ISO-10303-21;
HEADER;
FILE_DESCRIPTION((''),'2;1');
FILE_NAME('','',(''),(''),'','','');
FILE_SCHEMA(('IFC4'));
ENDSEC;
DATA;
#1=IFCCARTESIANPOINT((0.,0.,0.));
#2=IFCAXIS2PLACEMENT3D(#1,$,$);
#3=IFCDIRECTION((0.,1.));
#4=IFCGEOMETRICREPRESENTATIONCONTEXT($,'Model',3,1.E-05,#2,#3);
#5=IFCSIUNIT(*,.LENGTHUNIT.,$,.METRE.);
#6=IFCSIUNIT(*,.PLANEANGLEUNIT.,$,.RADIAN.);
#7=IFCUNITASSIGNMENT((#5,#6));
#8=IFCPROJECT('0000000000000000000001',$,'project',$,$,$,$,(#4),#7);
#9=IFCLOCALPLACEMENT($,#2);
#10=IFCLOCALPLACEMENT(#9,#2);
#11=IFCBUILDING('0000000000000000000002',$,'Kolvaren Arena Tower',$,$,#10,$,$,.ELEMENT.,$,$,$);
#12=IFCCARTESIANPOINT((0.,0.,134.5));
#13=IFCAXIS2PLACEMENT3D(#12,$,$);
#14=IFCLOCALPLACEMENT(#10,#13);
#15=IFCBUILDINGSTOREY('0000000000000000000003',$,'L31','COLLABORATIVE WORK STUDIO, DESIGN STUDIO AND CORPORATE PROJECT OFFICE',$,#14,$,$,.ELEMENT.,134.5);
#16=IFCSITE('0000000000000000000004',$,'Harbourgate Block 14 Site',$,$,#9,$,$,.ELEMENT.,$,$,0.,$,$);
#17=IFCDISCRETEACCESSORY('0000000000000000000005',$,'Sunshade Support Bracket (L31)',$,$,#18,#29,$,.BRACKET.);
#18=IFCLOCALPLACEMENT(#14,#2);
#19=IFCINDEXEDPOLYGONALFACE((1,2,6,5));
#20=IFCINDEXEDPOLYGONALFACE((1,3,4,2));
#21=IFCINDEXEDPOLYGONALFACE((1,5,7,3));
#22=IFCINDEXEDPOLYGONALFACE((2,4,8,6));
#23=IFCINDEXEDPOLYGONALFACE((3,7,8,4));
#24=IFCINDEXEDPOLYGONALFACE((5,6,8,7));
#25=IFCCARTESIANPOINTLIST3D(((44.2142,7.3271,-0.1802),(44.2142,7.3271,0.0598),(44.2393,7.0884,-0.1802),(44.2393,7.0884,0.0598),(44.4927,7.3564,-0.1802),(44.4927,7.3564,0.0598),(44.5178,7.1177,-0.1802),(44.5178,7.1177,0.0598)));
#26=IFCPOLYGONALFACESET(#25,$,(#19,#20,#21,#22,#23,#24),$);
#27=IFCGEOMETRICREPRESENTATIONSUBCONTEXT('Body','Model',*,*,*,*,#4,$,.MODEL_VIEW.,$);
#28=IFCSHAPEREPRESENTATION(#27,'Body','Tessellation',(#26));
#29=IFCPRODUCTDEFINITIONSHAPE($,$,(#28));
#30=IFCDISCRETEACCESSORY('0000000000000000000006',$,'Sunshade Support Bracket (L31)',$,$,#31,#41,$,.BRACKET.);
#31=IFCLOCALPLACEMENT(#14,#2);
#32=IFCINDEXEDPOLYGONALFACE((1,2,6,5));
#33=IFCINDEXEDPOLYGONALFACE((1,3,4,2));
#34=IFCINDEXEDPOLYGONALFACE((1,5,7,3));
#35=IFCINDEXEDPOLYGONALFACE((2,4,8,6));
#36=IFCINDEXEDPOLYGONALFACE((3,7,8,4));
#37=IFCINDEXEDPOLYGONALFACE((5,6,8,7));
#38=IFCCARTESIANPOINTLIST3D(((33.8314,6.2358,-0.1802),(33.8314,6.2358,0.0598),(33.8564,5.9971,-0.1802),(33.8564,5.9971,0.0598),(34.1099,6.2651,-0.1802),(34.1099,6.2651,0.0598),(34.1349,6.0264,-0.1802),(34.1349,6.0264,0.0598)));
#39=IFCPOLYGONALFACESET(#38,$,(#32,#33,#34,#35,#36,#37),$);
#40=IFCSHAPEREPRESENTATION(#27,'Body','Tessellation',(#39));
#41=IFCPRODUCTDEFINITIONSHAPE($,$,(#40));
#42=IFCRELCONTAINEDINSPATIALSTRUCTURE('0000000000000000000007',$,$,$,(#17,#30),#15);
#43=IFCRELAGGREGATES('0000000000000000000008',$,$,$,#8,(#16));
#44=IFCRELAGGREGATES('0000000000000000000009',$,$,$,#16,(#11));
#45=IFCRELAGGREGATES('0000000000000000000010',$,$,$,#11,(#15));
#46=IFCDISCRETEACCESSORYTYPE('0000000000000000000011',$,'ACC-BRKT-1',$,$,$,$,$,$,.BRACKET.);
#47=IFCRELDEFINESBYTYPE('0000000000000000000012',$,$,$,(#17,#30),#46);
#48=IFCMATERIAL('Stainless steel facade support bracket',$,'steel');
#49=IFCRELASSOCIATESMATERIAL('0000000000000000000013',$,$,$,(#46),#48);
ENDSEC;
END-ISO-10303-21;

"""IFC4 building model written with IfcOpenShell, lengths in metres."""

from ifc_helpers import new_model, si_unit, direction, frame, origin, origin_2d, place, context, subcontext, project, spatial, rectangle, extrude, material, type_object, element, save


model = new_model("IFC4")

# Units and contexts
model_context = context("Model", 3, precision=1e-05, world=origin(), true_north=direction((0.0, 1.0)))
body_context = subcontext(model_context, "Body", "Model", "MODEL_VIEW")
ifc_project = project(units=[si_unit("LENGTHUNIT", "METRE"), si_unit("PLANEANGLEUNIT", "RADIAN")], contexts=[model_context])

# Site, building, storey
site_placement = place(None, origin())
site = spatial("IfcSite", under=ifc_project, at=site_placement, Name="Harbourgate Block 14 Site", CompositionType="ELEMENT", RefElevation=0.0)
building_placement = place(site_placement, origin())
building = spatial("IfcBuilding", under=site, at=building_placement, Name="Kolvaren Arena Tower", CompositionType="ELEMENT")
storey_placement = place(building_placement, frame((0.0, 0.0, 134.5)))
storey = spatial("IfcBuildingStorey", under=building, at=storey_placement, Name="L31", Description="COLLABORATIVE WORK STUDIO, DESIGN STUDIO AND CORPORATE PROJECT OFFICE", CompositionType="ELEMENT", Elevation=134.5)

# Discrete accessories
ifc_material_1 = material(Name="Stainless steel facade support bracket", Category="steel")
discrete_accessory_type = type_object("IfcDiscreteAccessoryType", Name="ACC-BRKT-1", PredefinedType="BRACKET", material=ifc_material_1)
for number, where, z_axis, x_axis, name in (
    (1, (44.366, 7.2224, -0.1802), (0.0, 0.0, 1.0), (-0.994522, -0.104527, 0.0), "Sunshade Support Bracket (L31)"),
    (2, (33.9832, 6.1311, -0.1802), (0.0, 0.0, 1.0), (-0.994522, -0.104527, 0.0), "Sunshade Support Bracket (L31)"),
):
    element("IfcDiscreteAccessory", number, at=place(storey_placement, frame(where, z_axis=z_axis, x_axis=x_axis)), inside=storey, type_object=discrete_accessory_type, Name=name, PredefinedType="BRACKET", context=body_context, shape_type="SweptSolid", body=[
        extrude(rectangle(XDim=0.28, YDim=0.24, at=origin_2d()), origin(), (0.0, 0.0, 1.0), 0.24),
    ])

save(model, "model.ifc")
